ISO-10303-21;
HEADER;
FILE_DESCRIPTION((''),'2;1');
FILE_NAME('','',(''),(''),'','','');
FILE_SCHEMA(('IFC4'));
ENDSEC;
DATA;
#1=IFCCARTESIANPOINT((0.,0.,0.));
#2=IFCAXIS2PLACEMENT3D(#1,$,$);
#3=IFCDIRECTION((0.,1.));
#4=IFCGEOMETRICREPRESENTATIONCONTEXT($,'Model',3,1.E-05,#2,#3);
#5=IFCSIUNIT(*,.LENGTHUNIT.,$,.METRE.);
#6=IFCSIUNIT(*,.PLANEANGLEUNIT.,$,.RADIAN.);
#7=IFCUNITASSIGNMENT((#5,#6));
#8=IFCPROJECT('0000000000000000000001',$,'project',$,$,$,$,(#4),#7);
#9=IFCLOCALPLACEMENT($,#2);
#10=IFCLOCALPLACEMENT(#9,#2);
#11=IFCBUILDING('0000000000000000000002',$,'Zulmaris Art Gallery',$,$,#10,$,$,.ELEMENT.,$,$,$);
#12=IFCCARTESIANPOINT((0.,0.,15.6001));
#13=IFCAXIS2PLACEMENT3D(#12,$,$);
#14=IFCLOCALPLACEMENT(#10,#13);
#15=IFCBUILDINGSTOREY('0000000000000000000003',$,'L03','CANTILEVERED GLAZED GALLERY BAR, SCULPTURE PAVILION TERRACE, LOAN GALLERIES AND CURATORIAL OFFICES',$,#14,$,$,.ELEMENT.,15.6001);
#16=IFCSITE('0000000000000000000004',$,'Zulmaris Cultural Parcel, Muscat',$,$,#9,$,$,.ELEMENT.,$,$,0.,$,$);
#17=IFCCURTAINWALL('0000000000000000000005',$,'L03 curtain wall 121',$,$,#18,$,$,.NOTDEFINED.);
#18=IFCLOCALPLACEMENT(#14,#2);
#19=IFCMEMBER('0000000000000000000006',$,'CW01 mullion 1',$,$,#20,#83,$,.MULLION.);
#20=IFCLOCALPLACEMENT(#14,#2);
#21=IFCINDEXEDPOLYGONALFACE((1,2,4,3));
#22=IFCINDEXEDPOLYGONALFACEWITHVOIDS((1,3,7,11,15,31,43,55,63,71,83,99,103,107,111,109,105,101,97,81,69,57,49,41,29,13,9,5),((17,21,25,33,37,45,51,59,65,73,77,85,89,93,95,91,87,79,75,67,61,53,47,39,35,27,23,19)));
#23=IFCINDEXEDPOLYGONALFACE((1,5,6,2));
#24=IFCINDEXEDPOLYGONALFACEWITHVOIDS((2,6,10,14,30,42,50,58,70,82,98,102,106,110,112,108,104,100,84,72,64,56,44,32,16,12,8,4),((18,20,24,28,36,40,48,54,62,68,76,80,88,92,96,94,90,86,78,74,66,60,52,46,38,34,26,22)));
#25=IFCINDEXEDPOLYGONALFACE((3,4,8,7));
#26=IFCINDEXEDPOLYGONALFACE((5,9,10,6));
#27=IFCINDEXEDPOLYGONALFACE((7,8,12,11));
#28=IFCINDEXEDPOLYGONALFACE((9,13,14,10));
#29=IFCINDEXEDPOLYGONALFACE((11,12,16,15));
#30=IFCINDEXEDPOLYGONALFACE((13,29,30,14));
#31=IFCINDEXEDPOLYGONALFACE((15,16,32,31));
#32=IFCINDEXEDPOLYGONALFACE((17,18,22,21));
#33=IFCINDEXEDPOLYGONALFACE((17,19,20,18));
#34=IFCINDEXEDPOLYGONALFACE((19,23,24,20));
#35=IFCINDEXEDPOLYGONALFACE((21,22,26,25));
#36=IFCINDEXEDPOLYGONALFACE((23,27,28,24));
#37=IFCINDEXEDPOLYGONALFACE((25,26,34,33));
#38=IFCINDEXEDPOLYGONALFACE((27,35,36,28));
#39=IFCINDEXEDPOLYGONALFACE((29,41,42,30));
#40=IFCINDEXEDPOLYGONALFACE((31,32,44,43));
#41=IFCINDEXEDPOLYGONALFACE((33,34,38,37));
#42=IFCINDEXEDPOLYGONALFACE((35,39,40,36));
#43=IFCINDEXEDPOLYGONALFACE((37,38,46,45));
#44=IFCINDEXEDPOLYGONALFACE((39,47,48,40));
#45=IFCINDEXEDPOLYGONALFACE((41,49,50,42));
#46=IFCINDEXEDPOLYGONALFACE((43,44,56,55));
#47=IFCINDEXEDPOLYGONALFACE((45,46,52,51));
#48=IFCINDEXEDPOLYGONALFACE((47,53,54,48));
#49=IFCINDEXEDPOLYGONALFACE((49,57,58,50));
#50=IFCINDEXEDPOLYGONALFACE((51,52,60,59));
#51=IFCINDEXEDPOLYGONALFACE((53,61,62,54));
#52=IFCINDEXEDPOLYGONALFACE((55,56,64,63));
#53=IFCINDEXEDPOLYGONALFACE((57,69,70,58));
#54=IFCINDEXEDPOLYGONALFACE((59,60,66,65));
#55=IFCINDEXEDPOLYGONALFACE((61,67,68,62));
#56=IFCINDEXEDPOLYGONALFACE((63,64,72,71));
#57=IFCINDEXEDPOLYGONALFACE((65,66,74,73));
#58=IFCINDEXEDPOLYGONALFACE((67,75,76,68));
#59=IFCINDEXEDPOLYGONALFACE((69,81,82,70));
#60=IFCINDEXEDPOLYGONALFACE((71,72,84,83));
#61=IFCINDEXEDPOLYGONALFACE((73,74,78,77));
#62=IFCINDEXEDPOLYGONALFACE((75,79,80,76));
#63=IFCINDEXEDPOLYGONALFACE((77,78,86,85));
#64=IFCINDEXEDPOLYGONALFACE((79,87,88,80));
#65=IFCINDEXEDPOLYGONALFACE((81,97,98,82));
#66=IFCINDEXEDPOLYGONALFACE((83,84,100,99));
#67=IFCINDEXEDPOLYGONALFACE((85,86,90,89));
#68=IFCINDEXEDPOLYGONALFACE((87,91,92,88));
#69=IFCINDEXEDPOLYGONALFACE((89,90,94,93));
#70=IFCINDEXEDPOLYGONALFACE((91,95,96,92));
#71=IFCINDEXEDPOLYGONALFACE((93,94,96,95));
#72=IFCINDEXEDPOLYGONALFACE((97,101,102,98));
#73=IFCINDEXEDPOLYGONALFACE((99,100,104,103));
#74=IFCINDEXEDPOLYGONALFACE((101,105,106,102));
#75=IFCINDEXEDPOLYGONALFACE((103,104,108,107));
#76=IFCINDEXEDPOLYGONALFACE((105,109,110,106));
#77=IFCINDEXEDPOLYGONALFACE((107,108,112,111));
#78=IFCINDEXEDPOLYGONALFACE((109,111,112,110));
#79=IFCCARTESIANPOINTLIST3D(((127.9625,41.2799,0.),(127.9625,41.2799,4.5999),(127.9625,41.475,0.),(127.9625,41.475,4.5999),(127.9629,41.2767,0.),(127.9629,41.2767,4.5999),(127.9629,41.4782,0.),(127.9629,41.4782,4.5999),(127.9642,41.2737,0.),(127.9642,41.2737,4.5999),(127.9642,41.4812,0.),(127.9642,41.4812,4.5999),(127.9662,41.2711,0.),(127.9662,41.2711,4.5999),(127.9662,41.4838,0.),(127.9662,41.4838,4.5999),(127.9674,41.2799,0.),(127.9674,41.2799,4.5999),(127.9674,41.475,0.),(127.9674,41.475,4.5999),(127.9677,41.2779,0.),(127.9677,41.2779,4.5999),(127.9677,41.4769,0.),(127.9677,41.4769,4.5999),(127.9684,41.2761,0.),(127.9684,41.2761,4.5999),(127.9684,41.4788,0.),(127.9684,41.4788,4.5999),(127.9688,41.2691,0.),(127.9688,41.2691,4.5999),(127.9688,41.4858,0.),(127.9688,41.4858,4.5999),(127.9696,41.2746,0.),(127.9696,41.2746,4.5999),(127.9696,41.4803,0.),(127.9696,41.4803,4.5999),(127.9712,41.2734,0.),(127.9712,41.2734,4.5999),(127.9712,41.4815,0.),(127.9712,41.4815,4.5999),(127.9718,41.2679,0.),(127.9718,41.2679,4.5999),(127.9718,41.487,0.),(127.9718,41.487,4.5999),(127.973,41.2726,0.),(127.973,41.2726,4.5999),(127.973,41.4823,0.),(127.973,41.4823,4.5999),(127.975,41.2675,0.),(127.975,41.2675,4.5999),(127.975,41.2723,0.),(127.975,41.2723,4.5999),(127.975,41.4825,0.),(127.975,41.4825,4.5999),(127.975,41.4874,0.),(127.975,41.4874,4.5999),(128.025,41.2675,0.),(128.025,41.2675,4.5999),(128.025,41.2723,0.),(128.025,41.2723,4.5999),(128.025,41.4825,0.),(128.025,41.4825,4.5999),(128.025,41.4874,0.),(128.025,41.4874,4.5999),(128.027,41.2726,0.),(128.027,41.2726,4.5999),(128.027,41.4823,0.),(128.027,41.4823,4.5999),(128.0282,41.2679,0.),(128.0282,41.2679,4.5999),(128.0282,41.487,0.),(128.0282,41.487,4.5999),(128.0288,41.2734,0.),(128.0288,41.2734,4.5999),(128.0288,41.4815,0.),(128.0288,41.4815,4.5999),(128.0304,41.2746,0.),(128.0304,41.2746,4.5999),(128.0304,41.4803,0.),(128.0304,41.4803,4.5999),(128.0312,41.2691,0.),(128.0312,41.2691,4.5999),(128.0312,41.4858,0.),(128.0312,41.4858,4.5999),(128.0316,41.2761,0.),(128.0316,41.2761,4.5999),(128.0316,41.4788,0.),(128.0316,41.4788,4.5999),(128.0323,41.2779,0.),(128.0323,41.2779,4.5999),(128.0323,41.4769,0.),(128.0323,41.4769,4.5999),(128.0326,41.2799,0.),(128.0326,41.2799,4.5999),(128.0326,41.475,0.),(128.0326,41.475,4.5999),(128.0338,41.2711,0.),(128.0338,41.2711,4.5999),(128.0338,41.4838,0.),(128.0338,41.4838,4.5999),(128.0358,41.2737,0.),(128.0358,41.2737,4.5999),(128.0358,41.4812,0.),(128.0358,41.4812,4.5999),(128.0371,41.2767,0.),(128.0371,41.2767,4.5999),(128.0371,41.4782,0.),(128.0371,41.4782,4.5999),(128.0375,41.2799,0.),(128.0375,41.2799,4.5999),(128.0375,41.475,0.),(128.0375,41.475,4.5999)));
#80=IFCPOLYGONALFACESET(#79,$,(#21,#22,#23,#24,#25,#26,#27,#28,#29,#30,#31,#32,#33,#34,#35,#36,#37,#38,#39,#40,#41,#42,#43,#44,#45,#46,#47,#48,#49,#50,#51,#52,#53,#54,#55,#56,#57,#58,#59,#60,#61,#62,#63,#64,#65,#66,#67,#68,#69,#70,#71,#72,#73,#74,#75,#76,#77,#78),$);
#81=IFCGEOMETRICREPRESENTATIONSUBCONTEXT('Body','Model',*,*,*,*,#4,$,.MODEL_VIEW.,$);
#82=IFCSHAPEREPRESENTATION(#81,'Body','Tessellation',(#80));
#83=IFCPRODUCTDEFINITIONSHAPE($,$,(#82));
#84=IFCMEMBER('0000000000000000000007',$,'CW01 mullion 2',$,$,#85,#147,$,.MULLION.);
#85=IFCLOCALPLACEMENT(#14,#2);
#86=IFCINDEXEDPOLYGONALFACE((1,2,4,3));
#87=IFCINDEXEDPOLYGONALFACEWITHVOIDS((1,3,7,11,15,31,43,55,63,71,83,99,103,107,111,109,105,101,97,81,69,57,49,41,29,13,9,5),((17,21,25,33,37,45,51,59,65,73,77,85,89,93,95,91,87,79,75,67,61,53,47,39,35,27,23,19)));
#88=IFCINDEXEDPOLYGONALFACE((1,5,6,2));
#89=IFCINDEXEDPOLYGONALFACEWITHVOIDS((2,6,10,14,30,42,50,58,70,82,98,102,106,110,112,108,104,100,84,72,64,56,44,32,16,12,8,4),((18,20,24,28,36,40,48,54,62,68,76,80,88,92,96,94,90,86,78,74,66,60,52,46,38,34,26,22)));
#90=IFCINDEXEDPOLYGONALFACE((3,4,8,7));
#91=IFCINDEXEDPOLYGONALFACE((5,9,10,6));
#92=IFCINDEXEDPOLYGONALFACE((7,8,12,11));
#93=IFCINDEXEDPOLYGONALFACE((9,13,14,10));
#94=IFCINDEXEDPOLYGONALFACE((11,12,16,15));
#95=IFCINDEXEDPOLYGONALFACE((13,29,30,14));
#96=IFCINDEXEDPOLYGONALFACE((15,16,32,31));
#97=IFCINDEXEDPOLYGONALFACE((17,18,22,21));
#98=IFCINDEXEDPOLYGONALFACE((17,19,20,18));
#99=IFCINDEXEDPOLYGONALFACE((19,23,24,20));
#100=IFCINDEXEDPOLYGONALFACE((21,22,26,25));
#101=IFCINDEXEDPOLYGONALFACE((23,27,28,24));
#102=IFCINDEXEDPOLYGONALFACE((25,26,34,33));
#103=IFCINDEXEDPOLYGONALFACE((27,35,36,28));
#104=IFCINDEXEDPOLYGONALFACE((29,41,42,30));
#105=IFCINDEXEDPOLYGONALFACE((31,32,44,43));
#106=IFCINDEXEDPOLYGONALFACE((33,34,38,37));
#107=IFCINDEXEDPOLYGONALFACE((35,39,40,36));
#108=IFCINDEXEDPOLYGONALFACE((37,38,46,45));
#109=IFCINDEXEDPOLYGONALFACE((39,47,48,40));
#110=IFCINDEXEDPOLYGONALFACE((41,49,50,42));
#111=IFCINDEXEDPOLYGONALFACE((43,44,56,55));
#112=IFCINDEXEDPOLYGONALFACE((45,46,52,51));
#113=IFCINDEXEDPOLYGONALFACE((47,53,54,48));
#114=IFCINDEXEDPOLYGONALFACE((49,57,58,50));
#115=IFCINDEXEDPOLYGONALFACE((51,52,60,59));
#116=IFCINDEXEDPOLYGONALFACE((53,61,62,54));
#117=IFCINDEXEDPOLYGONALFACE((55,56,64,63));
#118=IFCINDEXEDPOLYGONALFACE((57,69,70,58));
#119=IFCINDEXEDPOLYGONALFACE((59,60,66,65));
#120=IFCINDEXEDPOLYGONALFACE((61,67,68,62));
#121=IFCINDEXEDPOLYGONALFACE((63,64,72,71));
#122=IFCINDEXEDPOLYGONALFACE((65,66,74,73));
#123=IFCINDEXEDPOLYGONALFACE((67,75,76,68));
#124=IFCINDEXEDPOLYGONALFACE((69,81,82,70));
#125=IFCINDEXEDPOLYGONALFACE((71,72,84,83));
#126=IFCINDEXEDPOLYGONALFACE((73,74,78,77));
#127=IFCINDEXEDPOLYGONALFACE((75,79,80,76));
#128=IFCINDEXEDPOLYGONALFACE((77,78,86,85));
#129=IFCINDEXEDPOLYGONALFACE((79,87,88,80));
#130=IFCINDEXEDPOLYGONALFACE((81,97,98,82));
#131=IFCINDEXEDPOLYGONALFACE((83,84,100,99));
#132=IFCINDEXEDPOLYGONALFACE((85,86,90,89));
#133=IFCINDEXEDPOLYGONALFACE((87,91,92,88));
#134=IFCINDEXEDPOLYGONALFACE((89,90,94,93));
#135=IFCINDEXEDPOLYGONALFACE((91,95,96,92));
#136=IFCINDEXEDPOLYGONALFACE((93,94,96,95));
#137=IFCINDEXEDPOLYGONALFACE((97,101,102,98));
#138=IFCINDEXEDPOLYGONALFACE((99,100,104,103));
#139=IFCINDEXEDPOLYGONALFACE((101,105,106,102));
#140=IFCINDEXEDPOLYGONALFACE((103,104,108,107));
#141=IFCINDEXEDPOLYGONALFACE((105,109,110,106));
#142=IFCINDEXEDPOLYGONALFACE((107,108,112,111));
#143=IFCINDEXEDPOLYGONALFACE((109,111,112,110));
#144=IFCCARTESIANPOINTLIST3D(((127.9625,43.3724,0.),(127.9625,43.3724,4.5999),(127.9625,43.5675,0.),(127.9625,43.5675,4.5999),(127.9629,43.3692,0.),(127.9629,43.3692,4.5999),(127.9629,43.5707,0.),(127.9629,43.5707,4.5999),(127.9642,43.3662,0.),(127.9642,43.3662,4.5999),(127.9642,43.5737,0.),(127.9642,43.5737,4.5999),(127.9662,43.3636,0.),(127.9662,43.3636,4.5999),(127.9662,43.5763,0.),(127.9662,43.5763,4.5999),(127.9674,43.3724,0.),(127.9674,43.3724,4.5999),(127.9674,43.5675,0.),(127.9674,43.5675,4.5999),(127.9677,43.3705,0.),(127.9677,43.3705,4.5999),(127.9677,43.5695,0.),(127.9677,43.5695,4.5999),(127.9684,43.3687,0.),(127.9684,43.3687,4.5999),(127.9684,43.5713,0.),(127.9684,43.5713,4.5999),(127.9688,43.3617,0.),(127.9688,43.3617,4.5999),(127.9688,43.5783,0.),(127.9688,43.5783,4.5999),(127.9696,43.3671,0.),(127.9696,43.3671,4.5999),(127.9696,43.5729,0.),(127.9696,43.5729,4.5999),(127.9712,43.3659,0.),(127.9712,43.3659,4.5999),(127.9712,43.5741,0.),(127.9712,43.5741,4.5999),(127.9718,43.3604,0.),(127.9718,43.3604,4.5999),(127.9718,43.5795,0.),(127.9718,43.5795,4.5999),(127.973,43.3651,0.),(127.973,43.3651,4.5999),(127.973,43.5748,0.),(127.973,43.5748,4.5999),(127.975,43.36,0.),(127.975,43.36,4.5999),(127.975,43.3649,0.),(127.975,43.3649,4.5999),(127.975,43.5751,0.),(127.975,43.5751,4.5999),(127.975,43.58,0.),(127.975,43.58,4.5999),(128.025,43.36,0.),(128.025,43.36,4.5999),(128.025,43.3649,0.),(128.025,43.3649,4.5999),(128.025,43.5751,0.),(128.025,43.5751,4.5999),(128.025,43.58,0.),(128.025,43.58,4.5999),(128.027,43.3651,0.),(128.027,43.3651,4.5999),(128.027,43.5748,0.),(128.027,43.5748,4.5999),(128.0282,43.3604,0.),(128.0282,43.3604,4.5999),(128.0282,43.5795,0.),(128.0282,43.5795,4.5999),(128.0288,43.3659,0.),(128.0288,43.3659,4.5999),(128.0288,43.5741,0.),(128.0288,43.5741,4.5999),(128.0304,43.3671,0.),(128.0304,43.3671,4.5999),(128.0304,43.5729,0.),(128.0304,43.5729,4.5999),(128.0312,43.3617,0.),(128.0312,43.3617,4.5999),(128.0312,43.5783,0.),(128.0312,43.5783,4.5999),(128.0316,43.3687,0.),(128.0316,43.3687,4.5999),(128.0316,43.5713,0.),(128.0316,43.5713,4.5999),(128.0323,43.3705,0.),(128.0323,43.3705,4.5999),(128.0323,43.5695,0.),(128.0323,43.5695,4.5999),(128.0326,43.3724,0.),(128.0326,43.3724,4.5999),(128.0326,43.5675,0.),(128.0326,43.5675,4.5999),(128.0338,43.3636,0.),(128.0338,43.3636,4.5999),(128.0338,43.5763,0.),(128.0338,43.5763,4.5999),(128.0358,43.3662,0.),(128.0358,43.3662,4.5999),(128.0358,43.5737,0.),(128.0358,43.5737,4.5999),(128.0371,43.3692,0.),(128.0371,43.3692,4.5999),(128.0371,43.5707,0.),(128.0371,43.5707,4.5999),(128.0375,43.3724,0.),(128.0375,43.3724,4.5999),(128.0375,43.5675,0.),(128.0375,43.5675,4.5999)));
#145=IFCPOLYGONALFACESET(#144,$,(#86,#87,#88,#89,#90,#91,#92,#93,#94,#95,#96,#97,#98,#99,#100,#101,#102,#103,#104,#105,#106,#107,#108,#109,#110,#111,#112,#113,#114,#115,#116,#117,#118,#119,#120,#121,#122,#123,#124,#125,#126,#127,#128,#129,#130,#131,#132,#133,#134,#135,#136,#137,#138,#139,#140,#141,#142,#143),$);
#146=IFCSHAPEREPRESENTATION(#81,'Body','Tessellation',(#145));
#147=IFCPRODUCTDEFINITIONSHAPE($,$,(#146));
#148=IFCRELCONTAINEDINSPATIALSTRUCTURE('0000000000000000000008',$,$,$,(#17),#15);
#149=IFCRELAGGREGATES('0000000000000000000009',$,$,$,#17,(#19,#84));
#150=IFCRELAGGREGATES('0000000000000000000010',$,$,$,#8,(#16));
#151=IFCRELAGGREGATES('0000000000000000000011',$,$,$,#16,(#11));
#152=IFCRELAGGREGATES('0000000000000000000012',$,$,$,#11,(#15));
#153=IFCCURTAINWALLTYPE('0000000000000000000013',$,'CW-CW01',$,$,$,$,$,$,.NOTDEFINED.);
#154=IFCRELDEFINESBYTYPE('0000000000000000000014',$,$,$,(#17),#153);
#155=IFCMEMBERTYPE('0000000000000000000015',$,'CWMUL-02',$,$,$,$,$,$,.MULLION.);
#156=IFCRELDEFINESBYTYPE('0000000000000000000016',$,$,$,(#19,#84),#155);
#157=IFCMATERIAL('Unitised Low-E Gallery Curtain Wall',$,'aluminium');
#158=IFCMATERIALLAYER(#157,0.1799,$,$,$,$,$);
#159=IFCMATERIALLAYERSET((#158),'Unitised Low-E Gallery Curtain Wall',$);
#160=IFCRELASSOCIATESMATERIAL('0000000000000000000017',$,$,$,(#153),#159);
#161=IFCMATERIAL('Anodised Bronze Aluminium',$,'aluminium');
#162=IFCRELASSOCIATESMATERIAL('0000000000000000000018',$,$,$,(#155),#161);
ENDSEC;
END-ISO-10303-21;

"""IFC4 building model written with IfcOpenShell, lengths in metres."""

from ifc_helpers import new_model, si_unit, direction, frame, origin, origin_2d, place, context, subcontext, project, spatial, hollow_rectangle, extrude, material, layer, layer_set, material_profile, profile_set, type_object, element, aggregate, save


model = new_model("IFC4")

# Units and contexts
model_context = context("Model", 3, precision=1e-05, world=origin(), true_north=direction((0.0, 1.0)))
body_context = subcontext(model_context, "Body", "Model", "MODEL_VIEW")
ifc_project = project(units=[si_unit("LENGTHUNIT", "METRE"), si_unit("PLANEANGLEUNIT", "RADIAN")], contexts=[model_context])

# Site, building, storey
site_placement = place(None, origin())
site = spatial("IfcSite", under=ifc_project, at=site_placement, Name="Zulmaris Cultural Parcel, Muscat", CompositionType="ELEMENT", RefElevation=0.0)
building_placement = place(site_placement, origin())
building = spatial("IfcBuilding", under=site, at=building_placement, Name="Zulmaris Art Gallery", CompositionType="ELEMENT")
storey_placement = place(building_placement, frame((0.0, 0.0, 15.6001)))
storey = spatial("IfcBuildingStorey", under=building, at=storey_placement, Name="L03", Description="CANTILEVERED GLAZED GALLERY BAR, SCULPTURE PAVILION TERRACE, LOAN GALLERIES AND CURATORIAL OFFICES", CompositionType="ELEMENT", Elevation=15.6001)

# Curtain wall, members
ifc_material_1 = material(Name="Unitised Low-E Gallery Curtain Wall", Category="aluminium")
ifc_layer_1 = layer(ifc_material_1, 0.1799)
ifc_layer_set_1 = layer_set([ifc_layer_1], Name="Unitised Low-E Gallery Curtain Wall")
curtain_wall_type = type_object("IfcCurtainWallType", Name="CW-CW01", PredefinedType="NOTDEFINED", material=ifc_layer_set_1)
curtain_wall_1_placement = place(storey_placement, origin())
curtain_wall_1 = element("IfcCurtainWall", 1, at=curtain_wall_1_placement, inside=storey, type_object=curtain_wall_type, Name="L03 curtain wall 121", PredefinedType="NOTDEFINED")
ifc_material_2 = material(Name="Anodised Bronze Aluminium", Category="aluminium")
ifc_material_profile_1 = material_profile(ifc_material_2, hollow_rectangle(XDim=0.075, YDim=0.22, WallThickness=0.0049, InnerFilletRadius=0.0076, OuterFilletRadius=0.0125, at=origin_2d()), Name="ALU 75x220x5")
ifc_profile_set_1 = profile_set([ifc_material_profile_1], Name="Anodised Bronze Aluminium")
member_type_1 = type_object("IfcMemberType", Name="CWMUL-02", PredefinedType="MULLION", material=ifc_profile_set_1)
member_1_placement = place(storey_placement, frame((128.0, 41.3774, 0.0), z_axis=(0.0, 0.0, 1.0), x_axis=(-1.0, 0.0, 0.0)))
member_1 = element("IfcMember", 2, at=member_1_placement, type_object=member_type_1, Name="CW01 mullion 1", PredefinedType="MULLION", context=body_context, shape_type="SweptSolid", body=[
    extrude(hollow_rectangle(XDim=0.075, YDim=0.22, WallThickness=0.0049, InnerFilletRadius=0.0076, OuterFilletRadius=0.0125, at=origin_2d()), origin(), (0.0, 0.0, 1.0), 4.5999),
])
member_2_placement = place(storey_placement, frame((128.0, 43.47, 0.0), z_axis=(0.0, 0.0, 1.0), x_axis=(-1.0, 0.0, 0.0)))
member_2 = element("IfcMember", 3, at=member_2_placement, type_object=member_type_1, Name="CW01 mullion 2", PredefinedType="MULLION", context=body_context, shape_type="SweptSolid", body=[
    extrude(hollow_rectangle(XDim=0.075, YDim=0.22, WallThickness=0.0049, InnerFilletRadius=0.0076, OuterFilletRadius=0.0125, at=origin_2d()), origin(), (0.0, 0.0, 1.0), 4.5999),
])

aggregate(curtain_wall_1, [member_1, member_2])

save(model, "model.ifc")
